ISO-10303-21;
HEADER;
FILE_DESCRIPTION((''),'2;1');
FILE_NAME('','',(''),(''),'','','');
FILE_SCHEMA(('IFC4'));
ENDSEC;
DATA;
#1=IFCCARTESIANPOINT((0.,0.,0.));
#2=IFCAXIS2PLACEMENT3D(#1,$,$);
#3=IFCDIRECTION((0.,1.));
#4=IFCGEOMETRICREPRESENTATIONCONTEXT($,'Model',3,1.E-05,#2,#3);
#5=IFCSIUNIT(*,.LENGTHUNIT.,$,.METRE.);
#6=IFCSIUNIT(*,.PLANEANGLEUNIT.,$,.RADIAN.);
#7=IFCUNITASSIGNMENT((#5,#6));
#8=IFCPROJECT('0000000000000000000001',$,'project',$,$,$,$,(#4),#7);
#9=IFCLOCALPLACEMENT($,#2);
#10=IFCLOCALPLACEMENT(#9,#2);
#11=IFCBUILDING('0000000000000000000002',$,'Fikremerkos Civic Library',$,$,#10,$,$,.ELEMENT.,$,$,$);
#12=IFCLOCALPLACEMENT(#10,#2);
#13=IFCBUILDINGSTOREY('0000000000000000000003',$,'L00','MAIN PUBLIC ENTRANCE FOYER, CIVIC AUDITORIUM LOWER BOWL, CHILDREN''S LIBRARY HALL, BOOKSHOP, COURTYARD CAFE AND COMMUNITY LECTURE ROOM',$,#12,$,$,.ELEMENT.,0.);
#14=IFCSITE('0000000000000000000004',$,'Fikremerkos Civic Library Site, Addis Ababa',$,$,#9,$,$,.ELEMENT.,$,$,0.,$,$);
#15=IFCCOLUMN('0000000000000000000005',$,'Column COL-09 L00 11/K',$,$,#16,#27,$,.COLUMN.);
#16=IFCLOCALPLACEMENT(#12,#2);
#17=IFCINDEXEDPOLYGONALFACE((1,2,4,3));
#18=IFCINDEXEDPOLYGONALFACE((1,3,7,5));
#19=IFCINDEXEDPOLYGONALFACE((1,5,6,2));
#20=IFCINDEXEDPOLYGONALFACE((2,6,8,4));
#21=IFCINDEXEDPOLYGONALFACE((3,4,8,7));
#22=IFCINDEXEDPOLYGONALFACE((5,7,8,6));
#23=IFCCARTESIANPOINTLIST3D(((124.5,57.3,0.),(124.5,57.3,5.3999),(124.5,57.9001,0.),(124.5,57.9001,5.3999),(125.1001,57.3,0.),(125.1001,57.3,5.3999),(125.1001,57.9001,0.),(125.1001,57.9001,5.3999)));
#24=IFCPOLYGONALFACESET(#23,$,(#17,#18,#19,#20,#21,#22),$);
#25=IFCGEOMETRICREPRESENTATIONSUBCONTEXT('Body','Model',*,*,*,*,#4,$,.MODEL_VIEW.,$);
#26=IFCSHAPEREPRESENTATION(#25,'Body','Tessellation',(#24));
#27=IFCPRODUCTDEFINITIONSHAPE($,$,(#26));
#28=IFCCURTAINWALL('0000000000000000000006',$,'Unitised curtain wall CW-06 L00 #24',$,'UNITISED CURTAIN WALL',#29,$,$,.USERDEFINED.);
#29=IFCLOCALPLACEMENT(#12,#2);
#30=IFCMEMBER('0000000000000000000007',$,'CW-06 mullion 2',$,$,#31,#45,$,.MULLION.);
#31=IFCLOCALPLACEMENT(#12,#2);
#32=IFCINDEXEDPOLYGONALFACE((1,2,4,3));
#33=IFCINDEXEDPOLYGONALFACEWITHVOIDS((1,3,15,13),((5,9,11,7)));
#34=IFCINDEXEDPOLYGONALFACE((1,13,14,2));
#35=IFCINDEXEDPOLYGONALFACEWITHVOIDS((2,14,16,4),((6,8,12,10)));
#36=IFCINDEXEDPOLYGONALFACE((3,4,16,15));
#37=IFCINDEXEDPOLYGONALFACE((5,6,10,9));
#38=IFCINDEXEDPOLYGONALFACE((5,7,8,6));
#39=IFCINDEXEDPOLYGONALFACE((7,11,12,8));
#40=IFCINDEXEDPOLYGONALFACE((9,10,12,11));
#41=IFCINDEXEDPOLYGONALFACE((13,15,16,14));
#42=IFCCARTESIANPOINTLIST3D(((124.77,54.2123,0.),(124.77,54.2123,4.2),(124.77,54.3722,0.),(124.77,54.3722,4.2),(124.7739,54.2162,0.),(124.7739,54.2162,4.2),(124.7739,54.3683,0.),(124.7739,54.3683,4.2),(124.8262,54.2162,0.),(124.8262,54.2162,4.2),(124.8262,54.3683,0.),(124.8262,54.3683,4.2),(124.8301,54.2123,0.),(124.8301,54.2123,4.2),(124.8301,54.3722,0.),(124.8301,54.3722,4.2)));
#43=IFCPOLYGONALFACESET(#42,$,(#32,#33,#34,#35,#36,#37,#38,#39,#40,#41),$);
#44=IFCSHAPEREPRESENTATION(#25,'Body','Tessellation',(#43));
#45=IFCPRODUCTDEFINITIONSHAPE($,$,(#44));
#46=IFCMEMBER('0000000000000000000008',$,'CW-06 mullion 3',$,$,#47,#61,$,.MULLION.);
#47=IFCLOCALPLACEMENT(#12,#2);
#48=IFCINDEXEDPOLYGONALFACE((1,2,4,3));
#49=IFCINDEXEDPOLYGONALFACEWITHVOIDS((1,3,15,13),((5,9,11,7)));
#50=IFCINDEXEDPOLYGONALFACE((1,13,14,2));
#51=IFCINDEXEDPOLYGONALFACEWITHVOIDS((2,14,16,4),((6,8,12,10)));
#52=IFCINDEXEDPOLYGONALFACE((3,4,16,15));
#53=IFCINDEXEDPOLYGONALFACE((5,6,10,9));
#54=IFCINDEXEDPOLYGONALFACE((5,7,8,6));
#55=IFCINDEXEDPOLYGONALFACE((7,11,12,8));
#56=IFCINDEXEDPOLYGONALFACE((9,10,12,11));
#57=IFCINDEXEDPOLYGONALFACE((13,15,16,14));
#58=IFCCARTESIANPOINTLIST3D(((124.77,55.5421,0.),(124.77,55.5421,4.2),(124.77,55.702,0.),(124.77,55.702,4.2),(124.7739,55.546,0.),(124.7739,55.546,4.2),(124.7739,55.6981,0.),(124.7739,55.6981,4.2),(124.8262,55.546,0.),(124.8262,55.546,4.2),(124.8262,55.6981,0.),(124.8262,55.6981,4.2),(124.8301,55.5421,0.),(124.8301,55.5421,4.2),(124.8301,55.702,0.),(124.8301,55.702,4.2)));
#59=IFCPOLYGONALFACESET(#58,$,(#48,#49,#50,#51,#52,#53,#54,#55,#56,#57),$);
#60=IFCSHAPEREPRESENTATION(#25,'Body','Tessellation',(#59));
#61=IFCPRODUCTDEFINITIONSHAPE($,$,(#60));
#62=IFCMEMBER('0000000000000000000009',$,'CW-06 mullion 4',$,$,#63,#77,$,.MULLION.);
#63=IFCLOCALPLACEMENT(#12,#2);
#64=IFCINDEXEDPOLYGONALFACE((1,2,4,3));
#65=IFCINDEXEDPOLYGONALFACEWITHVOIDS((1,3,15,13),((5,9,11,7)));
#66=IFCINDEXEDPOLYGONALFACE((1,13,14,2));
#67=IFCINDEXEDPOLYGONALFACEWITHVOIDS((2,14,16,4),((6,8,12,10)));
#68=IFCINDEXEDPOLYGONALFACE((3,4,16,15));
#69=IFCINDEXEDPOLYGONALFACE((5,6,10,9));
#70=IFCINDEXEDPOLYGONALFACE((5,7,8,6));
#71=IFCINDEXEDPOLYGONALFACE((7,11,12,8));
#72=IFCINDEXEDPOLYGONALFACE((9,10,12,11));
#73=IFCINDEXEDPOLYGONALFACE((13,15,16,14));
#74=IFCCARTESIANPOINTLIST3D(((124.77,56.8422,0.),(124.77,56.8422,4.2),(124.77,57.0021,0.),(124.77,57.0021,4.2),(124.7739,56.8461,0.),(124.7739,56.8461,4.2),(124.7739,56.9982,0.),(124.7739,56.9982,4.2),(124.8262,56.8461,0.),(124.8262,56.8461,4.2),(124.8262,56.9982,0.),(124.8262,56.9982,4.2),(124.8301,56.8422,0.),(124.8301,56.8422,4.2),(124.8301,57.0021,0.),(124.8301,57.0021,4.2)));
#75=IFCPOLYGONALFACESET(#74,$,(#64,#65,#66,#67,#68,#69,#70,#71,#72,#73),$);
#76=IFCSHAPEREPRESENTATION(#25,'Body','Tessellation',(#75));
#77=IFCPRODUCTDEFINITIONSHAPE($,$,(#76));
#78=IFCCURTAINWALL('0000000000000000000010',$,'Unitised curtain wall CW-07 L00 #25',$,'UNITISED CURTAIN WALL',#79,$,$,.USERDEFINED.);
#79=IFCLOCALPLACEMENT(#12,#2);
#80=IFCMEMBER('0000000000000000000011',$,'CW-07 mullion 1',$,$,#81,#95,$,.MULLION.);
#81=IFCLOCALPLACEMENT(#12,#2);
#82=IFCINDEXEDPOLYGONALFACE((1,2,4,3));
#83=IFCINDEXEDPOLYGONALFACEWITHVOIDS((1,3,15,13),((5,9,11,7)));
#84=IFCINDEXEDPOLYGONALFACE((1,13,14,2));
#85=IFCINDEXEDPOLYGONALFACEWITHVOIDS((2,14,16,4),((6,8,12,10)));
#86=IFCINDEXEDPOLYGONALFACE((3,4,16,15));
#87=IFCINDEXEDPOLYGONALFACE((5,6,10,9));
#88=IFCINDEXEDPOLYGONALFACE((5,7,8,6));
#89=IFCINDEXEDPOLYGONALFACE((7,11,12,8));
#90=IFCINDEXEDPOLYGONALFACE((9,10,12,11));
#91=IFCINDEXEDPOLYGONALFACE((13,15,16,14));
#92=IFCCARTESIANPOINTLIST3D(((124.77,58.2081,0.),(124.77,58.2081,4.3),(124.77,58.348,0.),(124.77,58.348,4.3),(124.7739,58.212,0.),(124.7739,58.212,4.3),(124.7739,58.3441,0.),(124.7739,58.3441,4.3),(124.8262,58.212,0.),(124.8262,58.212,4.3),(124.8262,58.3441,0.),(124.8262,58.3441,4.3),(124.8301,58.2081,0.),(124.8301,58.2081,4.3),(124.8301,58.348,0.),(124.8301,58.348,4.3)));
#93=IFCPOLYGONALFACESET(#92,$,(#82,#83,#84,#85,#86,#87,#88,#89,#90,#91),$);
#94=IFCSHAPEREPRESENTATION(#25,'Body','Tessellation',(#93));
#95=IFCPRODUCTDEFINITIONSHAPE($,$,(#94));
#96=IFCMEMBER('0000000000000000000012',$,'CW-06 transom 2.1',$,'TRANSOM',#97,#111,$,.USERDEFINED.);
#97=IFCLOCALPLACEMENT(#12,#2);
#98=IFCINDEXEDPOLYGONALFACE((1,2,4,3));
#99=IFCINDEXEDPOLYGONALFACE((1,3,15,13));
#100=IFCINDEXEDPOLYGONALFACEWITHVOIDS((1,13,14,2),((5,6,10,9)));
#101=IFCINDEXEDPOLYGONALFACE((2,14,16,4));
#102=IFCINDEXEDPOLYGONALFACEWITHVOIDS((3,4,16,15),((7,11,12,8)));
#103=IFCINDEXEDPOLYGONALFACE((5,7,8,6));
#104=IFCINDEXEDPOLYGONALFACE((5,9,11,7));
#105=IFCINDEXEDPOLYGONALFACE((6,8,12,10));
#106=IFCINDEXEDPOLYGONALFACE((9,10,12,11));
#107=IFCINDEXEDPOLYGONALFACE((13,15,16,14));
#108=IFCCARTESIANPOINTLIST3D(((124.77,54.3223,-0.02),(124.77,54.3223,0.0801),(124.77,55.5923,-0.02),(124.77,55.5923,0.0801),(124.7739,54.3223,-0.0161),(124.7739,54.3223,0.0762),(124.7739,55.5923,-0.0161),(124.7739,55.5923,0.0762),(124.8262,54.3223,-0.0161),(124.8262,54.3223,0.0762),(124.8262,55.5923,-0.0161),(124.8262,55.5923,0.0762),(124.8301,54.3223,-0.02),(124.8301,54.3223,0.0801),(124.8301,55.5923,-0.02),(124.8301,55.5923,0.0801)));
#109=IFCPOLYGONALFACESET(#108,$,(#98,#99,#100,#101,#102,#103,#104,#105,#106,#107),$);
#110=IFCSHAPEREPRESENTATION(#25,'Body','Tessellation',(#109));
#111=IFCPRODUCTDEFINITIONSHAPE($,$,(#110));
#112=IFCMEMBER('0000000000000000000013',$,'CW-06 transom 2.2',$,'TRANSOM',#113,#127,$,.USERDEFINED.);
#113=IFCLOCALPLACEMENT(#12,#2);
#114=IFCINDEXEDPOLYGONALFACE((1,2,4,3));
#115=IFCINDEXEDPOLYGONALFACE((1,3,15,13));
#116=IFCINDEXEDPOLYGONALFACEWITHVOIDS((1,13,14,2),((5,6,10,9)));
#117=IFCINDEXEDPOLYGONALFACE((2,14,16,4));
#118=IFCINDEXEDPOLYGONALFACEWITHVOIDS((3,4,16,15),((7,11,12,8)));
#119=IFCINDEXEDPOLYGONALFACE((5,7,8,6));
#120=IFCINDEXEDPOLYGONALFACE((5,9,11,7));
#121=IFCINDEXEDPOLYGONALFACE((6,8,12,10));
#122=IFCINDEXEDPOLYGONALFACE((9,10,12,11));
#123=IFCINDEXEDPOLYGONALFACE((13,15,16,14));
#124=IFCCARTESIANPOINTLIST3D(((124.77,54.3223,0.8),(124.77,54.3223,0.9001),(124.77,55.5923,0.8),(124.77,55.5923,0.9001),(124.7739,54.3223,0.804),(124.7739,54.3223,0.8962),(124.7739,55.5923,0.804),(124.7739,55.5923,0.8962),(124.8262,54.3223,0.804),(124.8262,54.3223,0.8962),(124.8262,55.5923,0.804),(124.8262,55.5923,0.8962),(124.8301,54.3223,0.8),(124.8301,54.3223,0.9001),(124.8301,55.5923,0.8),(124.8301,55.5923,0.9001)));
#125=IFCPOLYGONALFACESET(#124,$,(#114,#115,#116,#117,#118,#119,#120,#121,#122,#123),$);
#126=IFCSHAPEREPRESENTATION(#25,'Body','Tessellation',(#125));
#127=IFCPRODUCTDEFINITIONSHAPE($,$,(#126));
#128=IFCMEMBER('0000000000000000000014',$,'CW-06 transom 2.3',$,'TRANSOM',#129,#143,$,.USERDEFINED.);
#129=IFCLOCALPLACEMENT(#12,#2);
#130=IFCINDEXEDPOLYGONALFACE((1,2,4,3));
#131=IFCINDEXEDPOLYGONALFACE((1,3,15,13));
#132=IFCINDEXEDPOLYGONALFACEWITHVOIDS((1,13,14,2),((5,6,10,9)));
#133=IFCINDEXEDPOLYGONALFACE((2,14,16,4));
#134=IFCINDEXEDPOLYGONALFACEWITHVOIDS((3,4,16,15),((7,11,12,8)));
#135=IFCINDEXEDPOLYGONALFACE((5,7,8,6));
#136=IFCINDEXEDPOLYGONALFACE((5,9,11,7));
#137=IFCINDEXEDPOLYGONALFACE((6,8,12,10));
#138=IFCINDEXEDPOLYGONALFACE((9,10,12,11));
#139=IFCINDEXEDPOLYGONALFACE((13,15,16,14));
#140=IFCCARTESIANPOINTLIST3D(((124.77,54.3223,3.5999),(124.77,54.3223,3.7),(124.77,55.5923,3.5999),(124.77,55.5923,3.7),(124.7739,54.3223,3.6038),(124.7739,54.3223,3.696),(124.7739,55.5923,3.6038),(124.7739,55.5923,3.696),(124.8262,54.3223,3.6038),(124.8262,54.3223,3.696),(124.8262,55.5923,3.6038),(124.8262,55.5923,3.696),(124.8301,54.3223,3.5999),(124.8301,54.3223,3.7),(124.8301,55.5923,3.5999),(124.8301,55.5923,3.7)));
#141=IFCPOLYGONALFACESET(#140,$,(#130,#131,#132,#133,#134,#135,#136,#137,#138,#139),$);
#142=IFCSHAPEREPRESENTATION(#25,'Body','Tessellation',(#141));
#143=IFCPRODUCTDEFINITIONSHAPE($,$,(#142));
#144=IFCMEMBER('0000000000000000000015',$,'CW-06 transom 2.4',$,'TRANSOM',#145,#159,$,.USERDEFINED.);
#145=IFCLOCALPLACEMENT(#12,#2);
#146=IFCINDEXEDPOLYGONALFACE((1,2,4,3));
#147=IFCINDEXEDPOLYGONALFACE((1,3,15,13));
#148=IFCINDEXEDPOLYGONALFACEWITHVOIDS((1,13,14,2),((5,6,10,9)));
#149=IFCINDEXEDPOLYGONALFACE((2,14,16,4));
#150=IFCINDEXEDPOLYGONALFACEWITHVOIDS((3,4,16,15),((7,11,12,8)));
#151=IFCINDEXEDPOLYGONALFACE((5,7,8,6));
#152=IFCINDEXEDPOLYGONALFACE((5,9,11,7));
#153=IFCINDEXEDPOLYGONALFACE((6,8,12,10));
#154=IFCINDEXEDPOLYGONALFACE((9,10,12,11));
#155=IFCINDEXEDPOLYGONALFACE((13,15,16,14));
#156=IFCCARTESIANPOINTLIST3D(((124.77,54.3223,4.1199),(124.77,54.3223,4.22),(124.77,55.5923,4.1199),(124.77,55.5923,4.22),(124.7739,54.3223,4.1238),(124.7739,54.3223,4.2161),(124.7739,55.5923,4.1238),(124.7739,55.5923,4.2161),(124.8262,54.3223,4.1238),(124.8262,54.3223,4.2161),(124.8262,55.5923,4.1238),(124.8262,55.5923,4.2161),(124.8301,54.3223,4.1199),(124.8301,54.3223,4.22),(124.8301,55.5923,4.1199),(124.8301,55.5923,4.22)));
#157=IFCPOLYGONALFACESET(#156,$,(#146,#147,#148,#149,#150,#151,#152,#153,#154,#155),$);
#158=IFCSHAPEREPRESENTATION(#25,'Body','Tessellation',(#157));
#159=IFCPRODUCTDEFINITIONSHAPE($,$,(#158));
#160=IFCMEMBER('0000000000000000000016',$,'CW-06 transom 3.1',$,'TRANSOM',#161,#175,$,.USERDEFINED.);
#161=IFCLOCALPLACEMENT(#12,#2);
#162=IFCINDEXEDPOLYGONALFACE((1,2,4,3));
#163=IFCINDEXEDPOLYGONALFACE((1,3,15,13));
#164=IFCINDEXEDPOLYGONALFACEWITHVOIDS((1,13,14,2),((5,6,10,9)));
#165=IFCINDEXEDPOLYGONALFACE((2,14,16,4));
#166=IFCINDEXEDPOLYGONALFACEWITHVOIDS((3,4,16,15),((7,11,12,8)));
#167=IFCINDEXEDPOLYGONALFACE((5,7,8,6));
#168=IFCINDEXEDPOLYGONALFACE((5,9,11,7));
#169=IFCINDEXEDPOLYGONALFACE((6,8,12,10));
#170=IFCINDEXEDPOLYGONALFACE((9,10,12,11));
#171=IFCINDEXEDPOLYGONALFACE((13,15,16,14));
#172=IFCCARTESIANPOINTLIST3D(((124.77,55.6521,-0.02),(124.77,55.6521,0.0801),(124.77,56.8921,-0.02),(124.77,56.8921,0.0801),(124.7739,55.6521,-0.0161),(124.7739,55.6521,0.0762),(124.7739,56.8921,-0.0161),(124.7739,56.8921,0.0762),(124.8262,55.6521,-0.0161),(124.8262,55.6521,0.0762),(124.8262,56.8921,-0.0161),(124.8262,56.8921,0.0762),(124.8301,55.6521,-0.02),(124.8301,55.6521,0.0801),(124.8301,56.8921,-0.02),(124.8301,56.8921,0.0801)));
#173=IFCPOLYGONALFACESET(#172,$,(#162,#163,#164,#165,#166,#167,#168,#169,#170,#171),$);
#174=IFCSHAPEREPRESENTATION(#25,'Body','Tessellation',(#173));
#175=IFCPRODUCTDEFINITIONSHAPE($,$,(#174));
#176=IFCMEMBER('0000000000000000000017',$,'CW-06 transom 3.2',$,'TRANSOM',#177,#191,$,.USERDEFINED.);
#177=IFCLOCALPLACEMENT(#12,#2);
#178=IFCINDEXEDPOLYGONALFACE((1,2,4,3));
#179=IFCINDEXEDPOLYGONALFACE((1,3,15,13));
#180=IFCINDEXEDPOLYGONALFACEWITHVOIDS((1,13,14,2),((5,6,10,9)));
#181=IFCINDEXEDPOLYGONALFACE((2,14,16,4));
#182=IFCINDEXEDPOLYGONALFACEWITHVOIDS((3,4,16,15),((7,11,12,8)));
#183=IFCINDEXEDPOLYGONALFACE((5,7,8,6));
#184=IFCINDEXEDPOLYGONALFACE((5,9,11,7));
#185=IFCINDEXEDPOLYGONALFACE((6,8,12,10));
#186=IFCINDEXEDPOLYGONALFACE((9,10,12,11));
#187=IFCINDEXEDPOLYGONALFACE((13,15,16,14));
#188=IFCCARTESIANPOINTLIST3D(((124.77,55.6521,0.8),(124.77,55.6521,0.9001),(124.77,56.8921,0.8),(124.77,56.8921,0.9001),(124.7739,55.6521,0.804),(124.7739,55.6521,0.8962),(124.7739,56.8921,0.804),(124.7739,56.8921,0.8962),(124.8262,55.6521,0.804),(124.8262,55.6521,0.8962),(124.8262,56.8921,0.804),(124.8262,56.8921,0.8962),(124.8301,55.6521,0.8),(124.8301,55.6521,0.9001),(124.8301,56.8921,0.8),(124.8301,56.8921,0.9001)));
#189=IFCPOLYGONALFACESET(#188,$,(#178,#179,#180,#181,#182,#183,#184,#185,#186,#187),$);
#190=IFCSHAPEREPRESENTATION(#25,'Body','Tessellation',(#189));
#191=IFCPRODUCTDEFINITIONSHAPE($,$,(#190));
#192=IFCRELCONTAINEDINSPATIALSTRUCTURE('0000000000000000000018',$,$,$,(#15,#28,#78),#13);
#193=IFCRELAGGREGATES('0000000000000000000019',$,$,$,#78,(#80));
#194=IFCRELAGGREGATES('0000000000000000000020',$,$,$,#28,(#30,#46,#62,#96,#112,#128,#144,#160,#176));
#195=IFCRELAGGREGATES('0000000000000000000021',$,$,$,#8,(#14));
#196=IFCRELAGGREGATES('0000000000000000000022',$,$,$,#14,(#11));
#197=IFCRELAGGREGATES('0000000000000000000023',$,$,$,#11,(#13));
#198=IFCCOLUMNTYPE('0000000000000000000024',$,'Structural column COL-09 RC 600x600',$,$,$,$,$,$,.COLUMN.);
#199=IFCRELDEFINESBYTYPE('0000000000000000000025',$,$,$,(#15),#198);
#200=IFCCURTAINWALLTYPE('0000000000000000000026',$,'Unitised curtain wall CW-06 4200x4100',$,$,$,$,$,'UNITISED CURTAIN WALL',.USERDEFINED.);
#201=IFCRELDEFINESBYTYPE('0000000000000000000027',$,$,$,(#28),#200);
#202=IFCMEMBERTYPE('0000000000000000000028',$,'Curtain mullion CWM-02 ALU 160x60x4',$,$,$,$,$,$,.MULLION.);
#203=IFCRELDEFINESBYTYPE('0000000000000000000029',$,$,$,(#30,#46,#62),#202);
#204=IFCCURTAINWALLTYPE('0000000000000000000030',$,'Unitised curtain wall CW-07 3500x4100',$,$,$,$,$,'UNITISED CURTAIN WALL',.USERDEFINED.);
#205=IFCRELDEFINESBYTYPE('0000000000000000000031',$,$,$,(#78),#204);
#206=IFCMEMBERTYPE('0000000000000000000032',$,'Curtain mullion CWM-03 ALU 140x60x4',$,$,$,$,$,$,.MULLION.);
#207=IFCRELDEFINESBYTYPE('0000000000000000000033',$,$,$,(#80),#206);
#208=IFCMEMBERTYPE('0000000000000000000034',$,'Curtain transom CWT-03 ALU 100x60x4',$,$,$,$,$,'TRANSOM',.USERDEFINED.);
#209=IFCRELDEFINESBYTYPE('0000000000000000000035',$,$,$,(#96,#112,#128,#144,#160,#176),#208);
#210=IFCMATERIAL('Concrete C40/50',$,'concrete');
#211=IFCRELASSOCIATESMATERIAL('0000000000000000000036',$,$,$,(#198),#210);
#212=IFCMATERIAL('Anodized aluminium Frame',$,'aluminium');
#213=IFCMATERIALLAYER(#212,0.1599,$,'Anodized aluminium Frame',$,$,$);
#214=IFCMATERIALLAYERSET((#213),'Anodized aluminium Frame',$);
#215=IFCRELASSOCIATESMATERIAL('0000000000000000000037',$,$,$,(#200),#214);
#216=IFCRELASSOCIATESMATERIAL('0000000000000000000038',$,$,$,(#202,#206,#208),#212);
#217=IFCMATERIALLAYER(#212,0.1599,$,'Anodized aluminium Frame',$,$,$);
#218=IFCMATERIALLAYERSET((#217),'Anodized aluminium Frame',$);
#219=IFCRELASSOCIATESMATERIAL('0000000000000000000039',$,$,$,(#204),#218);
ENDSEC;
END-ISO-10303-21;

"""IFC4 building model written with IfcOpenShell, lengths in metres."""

from ifc_helpers import new_model, si_unit, direction, frame, origin, origin_2d, place, context, subcontext, project, spatial, rectangle, hollow_rectangle, extrude, material, layer, layer_set, material_profile, profile_set, type_object, element, aggregate, save


model = new_model("IFC4")

# Units and contexts
model_context = context("Model", 3, precision=1e-05, world=origin(), true_north=direction((0.0, 1.0)))
body_context = subcontext(model_context, "Body", "Model", "MODEL_VIEW")
ifc_project = project(units=[si_unit("LENGTHUNIT", "METRE"), si_unit("PLANEANGLEUNIT", "RADIAN")], contexts=[model_context])

# Site, building, storey
site_placement = place(None, origin())
site = spatial("IfcSite", under=ifc_project, at=site_placement, Name="Fikremerkos Civic Library Site, Addis Ababa", CompositionType="ELEMENT", RefElevation=0.0)
building_placement = place(site_placement, origin())
building = spatial("IfcBuilding", under=site, at=building_placement, Name="Fikremerkos Civic Library", CompositionType="ELEMENT")
storey_placement = place(building_placement, origin())
storey = spatial("IfcBuildingStorey", under=building, at=storey_placement, Name="L00", Description="MAIN PUBLIC ENTRANCE FOYER, CIVIC AUDITORIUM LOWER BOWL, CHILDREN'S LIBRARY HALL, BOOKSHOP, COURTYARD CAFE AND COMMUNITY LECTURE ROOM", CompositionType="ELEMENT", Elevation=0.0)

# Column
ifc_material_1 = material(Name="Concrete C40/50", Category="concrete")
ifc_material_profile_1 = material_profile(ifc_material_1, rectangle(XDim=0.6001, YDim=0.6001, at=origin_2d()), Name="RC 600x600")
ifc_profile_set_1 = profile_set([ifc_material_profile_1], Name="Concrete C40/50")
column_type = type_object("IfcColumnType", Name="Structural column COL-09 RC 600x600", PredefinedType="COLUMN", material=ifc_profile_set_1)
column_placement = place(storey_placement, frame((124.8, 57.6001, 0.0), z_axis=(0.0, 0.0, 1.0), x_axis=(1.0, 0.0, 0.0)))
element("IfcColumn", 1, at=column_placement, inside=storey, type_object=column_type, Name="Column COL-09 L00 11/K", PredefinedType="COLUMN", context=body_context, shape_type="SweptSolid", body=[
    extrude(rectangle(XDim=0.6001, YDim=0.6001, at=origin_2d()), origin(), (0.0, 0.0, 1.0), 5.3999),
])

# Curtain wall, members
ifc_material_2 = material(Name="Anodized aluminium Frame", Category="aluminium")
ifc_layer_1 = layer(ifc_material_2, 0.1599, Name="Anodized aluminium Frame")
ifc_layer_set_1 = layer_set([ifc_layer_1], Name="Anodized aluminium Frame")
curtain_wall_type_1 = type_object("IfcCurtainWallType", Name="Unitised curtain wall CW-06 4200x4100", ElementType="UNITISED CURTAIN WALL", PredefinedType="USERDEFINED", material=ifc_layer_set_1)
curtain_wall_1_placement = place(storey_placement, origin())
curtain_wall_1 = element("IfcCurtainWall", 2, at=curtain_wall_1_placement, inside=storey, type_object=curtain_wall_type_1, Name="Unitised curtain wall CW-06 L00 #24", ObjectType="UNITISED CURTAIN WALL", PredefinedType="USERDEFINED")
ifc_material_profile_2 = material_profile(ifc_material_2, hollow_rectangle(XDim=0.0601, YDim=0.1599, WallThickness=0.0039, at=origin_2d()), Name="ALU 160x60x4")
ifc_profile_set_2 = profile_set([ifc_material_profile_2], Name="Anodized aluminium Frame")
member_type_1 = type_object("IfcMemberType", Name="Curtain mullion CWM-02 ALU 160x60x4", PredefinedType="MULLION", material=ifc_profile_set_2)
member_1_placement = place(storey_placement, frame((124.8, 54.2922, 0.0), z_axis=(0.0, 0.0, 1.0), x_axis=(-1.0, 0.0, 0.0)))
member_1 = element("IfcMember", 3, at=member_1_placement, type_object=member_type_1, Name="CW-06 mullion 2", PredefinedType="MULLION", context=body_context, shape_type="SweptSolid", body=[
    extrude(hollow_rectangle(XDim=0.0601, YDim=0.1599, WallThickness=0.0039, at=origin_2d()), origin(), (0.0, 0.0, 1.0), 4.2),
])
member_2_placement = place(storey_placement, frame((124.8, 55.6221, 0.0), z_axis=(0.0, 0.0, 1.0), x_axis=(-1.0, 0.0, 0.0)))
member_2 = element("IfcMember", 4, at=member_2_placement, type_object=member_type_1, Name="CW-06 mullion 3", PredefinedType="MULLION", context=body_context, shape_type="SweptSolid", body=[
    extrude(hollow_rectangle(XDim=0.0601, YDim=0.1599, WallThickness=0.0039, at=origin_2d()), origin(), (0.0, 0.0, 1.0), 4.2),
])
member_3_placement = place(storey_placement, frame((124.8, 56.9221, 0.0), z_axis=(0.0, 0.0, 1.0), x_axis=(-1.0, 0.0, 0.0)))
member_3 = element("IfcMember", 5, at=member_3_placement, type_object=member_type_1, Name="CW-06 mullion 4", PredefinedType="MULLION", context=body_context, shape_type="SweptSolid", body=[
    extrude(hollow_rectangle(XDim=0.0601, YDim=0.1599, WallThickness=0.0039, at=origin_2d()), origin(), (0.0, 0.0, 1.0), 4.2),
])

# Curtain wall, member
ifc_layer_2 = layer(ifc_material_2, 0.1599, Name="Anodized aluminium Frame")
ifc_layer_set_2 = layer_set([ifc_layer_2], Name="Anodized aluminium Frame")
curtain_wall_type_2 = type_object("IfcCurtainWallType", Name="Unitised curtain wall CW-07 3500x4100", ElementType="UNITISED CURTAIN WALL", PredefinedType="USERDEFINED", material=ifc_layer_set_2)
curtain_wall_2_placement = place(storey_placement, origin())
curtain_wall_2 = element("IfcCurtainWall", 6, at=curtain_wall_2_placement, inside=storey, type_object=curtain_wall_type_2, Name="Unitised curtain wall CW-07 L00 #25", ObjectType="UNITISED CURTAIN WALL", PredefinedType="USERDEFINED")
ifc_material_profile_3 = material_profile(ifc_material_2, hollow_rectangle(XDim=0.0601, YDim=0.1399, WallThickness=0.0039, at=origin_2d()), Name="ALU 140x60x4")
ifc_profile_set_3 = profile_set([ifc_material_profile_3], Name="Anodized aluminium Frame")
member_type_2 = type_object("IfcMemberType", Name="Curtain mullion CWM-03 ALU 140x60x4", PredefinedType="MULLION", material=ifc_profile_set_3)
member_4_placement = place(storey_placement, frame((124.8, 58.2781, 0.0), z_axis=(0.0, 0.0, 1.0), x_axis=(-1.0, 0.0, 0.0)))
member_4 = element("IfcMember", 7, at=member_4_placement, type_object=member_type_2, Name="CW-07 mullion 1", PredefinedType="MULLION", context=body_context, shape_type="SweptSolid", body=[
    extrude(hollow_rectangle(XDim=0.0601, YDim=0.1399, WallThickness=0.0039, at=origin_2d()), origin(), (0.0, 0.0, 1.0), 4.3),
])
aggregate(curtain_wall_2, [member_4])

# Members
ifc_material_profile_4 = material_profile(ifc_material_2, hollow_rectangle(XDim=0.0601, YDim=0.1001, WallThickness=0.0039, at=origin_2d()), Name="ALU 100x60x4")
ifc_profile_set_4 = profile_set([ifc_material_profile_4], Name="Anodized aluminium Frame")
member_type_3 = type_object("IfcMemberType", Name="Curtain transom CWT-03 ALU 100x60x4", ElementType="TRANSOM", PredefinedType="USERDEFINED", material=ifc_profile_set_4)
member_5_placement = place(storey_placement, frame((124.8, 54.3223, 0.03), z_axis=(0.0, 1.0, 0.0), x_axis=(-1.0, 0.0, 0.0)))
member_5 = element("IfcMember", 8, at=member_5_placement, type_object=member_type_3, Name="CW-06 transom 2.1", ObjectType="TRANSOM", PredefinedType="USERDEFINED", context=body_context, shape_type="SweptSolid", body=[
    extrude(hollow_rectangle(XDim=0.0601, YDim=0.1001, WallThickness=0.0039, at=origin_2d()), origin(), (0.0, 0.0, 1.0), 1.27),
])
member_6_placement = place(storey_placement, frame((124.8, 54.3223, 0.8501), z_axis=(0.0, 1.0, 0.0), x_axis=(-1.0, 0.0, 0.0)))
member_6 = element("IfcMember", 9, at=member_6_placement, type_object=member_type_3, Name="CW-06 transom 2.2", ObjectType="TRANSOM", PredefinedType="USERDEFINED", context=body_context, shape_type="SweptSolid", body=[
    extrude(hollow_rectangle(XDim=0.0601, YDim=0.1001, WallThickness=0.0039, at=origin_2d()), origin(), (0.0, 0.0, 1.0), 1.27),
])
member_7_placement = place(storey_placement, frame((124.8, 54.3223, 3.6499), z_axis=(0.0, 1.0, 0.0), x_axis=(-1.0, 0.0, 0.0)))
member_7 = element("IfcMember", 10, at=member_7_placement, type_object=member_type_3, Name="CW-06 transom 2.3", ObjectType="TRANSOM", PredefinedType="USERDEFINED", context=body_context, shape_type="SweptSolid", body=[
    extrude(hollow_rectangle(XDim=0.0601, YDim=0.1001, WallThickness=0.0039, at=origin_2d()), origin(), (0.0, 0.0, 1.0), 1.27),
])
member_8_placement = place(storey_placement, frame((124.8, 54.3223, 4.1699), z_axis=(0.0, 1.0, 0.0), x_axis=(-1.0, 0.0, 0.0)))
member_8 = element("IfcMember", 11, at=member_8_placement, type_object=member_type_3, Name="CW-06 transom 2.4", ObjectType="TRANSOM", PredefinedType="USERDEFINED", context=body_context, shape_type="SweptSolid", body=[
    extrude(hollow_rectangle(XDim=0.0601, YDim=0.1001, WallThickness=0.0039, at=origin_2d()), origin(), (0.0, 0.0, 1.0), 1.27),
])
member_9_placement = place(storey_placement, frame((124.8, 55.6521, 0.03), z_axis=(0.0, 1.0, 0.0), x_axis=(-1.0, 0.0, 0.0)))
member_9 = element("IfcMember", 12, at=member_9_placement, type_object=member_type_3, Name="CW-06 transom 3.1", ObjectType="TRANSOM", PredefinedType="USERDEFINED", context=body_context, shape_type="SweptSolid", body=[
    extrude(hollow_rectangle(XDim=0.0601, YDim=0.1001, WallThickness=0.0039, at=origin_2d()), origin(), (0.0, 0.0, 1.0), 1.24),
])
member_10_placement = place(storey_placement, frame((124.8, 55.6521, 0.8501), z_axis=(0.0, 1.0, 0.0), x_axis=(-1.0, 0.0, 0.0)))
member_10 = element("IfcMember", 13, at=member_10_placement, type_object=member_type_3, Name="CW-06 transom 3.2", ObjectType="TRANSOM", PredefinedType="USERDEFINED", context=body_context, shape_type="SweptSolid", body=[
    extrude(hollow_rectangle(XDim=0.0601, YDim=0.1001, WallThickness=0.0039, at=origin_2d()), origin(), (0.0, 0.0, 1.0), 1.24),
])

aggregate(curtain_wall_1, [member_1, member_2, member_3, member_5, member_6, member_7, member_8, member_9, member_10])

save(model, "model.ifc")
